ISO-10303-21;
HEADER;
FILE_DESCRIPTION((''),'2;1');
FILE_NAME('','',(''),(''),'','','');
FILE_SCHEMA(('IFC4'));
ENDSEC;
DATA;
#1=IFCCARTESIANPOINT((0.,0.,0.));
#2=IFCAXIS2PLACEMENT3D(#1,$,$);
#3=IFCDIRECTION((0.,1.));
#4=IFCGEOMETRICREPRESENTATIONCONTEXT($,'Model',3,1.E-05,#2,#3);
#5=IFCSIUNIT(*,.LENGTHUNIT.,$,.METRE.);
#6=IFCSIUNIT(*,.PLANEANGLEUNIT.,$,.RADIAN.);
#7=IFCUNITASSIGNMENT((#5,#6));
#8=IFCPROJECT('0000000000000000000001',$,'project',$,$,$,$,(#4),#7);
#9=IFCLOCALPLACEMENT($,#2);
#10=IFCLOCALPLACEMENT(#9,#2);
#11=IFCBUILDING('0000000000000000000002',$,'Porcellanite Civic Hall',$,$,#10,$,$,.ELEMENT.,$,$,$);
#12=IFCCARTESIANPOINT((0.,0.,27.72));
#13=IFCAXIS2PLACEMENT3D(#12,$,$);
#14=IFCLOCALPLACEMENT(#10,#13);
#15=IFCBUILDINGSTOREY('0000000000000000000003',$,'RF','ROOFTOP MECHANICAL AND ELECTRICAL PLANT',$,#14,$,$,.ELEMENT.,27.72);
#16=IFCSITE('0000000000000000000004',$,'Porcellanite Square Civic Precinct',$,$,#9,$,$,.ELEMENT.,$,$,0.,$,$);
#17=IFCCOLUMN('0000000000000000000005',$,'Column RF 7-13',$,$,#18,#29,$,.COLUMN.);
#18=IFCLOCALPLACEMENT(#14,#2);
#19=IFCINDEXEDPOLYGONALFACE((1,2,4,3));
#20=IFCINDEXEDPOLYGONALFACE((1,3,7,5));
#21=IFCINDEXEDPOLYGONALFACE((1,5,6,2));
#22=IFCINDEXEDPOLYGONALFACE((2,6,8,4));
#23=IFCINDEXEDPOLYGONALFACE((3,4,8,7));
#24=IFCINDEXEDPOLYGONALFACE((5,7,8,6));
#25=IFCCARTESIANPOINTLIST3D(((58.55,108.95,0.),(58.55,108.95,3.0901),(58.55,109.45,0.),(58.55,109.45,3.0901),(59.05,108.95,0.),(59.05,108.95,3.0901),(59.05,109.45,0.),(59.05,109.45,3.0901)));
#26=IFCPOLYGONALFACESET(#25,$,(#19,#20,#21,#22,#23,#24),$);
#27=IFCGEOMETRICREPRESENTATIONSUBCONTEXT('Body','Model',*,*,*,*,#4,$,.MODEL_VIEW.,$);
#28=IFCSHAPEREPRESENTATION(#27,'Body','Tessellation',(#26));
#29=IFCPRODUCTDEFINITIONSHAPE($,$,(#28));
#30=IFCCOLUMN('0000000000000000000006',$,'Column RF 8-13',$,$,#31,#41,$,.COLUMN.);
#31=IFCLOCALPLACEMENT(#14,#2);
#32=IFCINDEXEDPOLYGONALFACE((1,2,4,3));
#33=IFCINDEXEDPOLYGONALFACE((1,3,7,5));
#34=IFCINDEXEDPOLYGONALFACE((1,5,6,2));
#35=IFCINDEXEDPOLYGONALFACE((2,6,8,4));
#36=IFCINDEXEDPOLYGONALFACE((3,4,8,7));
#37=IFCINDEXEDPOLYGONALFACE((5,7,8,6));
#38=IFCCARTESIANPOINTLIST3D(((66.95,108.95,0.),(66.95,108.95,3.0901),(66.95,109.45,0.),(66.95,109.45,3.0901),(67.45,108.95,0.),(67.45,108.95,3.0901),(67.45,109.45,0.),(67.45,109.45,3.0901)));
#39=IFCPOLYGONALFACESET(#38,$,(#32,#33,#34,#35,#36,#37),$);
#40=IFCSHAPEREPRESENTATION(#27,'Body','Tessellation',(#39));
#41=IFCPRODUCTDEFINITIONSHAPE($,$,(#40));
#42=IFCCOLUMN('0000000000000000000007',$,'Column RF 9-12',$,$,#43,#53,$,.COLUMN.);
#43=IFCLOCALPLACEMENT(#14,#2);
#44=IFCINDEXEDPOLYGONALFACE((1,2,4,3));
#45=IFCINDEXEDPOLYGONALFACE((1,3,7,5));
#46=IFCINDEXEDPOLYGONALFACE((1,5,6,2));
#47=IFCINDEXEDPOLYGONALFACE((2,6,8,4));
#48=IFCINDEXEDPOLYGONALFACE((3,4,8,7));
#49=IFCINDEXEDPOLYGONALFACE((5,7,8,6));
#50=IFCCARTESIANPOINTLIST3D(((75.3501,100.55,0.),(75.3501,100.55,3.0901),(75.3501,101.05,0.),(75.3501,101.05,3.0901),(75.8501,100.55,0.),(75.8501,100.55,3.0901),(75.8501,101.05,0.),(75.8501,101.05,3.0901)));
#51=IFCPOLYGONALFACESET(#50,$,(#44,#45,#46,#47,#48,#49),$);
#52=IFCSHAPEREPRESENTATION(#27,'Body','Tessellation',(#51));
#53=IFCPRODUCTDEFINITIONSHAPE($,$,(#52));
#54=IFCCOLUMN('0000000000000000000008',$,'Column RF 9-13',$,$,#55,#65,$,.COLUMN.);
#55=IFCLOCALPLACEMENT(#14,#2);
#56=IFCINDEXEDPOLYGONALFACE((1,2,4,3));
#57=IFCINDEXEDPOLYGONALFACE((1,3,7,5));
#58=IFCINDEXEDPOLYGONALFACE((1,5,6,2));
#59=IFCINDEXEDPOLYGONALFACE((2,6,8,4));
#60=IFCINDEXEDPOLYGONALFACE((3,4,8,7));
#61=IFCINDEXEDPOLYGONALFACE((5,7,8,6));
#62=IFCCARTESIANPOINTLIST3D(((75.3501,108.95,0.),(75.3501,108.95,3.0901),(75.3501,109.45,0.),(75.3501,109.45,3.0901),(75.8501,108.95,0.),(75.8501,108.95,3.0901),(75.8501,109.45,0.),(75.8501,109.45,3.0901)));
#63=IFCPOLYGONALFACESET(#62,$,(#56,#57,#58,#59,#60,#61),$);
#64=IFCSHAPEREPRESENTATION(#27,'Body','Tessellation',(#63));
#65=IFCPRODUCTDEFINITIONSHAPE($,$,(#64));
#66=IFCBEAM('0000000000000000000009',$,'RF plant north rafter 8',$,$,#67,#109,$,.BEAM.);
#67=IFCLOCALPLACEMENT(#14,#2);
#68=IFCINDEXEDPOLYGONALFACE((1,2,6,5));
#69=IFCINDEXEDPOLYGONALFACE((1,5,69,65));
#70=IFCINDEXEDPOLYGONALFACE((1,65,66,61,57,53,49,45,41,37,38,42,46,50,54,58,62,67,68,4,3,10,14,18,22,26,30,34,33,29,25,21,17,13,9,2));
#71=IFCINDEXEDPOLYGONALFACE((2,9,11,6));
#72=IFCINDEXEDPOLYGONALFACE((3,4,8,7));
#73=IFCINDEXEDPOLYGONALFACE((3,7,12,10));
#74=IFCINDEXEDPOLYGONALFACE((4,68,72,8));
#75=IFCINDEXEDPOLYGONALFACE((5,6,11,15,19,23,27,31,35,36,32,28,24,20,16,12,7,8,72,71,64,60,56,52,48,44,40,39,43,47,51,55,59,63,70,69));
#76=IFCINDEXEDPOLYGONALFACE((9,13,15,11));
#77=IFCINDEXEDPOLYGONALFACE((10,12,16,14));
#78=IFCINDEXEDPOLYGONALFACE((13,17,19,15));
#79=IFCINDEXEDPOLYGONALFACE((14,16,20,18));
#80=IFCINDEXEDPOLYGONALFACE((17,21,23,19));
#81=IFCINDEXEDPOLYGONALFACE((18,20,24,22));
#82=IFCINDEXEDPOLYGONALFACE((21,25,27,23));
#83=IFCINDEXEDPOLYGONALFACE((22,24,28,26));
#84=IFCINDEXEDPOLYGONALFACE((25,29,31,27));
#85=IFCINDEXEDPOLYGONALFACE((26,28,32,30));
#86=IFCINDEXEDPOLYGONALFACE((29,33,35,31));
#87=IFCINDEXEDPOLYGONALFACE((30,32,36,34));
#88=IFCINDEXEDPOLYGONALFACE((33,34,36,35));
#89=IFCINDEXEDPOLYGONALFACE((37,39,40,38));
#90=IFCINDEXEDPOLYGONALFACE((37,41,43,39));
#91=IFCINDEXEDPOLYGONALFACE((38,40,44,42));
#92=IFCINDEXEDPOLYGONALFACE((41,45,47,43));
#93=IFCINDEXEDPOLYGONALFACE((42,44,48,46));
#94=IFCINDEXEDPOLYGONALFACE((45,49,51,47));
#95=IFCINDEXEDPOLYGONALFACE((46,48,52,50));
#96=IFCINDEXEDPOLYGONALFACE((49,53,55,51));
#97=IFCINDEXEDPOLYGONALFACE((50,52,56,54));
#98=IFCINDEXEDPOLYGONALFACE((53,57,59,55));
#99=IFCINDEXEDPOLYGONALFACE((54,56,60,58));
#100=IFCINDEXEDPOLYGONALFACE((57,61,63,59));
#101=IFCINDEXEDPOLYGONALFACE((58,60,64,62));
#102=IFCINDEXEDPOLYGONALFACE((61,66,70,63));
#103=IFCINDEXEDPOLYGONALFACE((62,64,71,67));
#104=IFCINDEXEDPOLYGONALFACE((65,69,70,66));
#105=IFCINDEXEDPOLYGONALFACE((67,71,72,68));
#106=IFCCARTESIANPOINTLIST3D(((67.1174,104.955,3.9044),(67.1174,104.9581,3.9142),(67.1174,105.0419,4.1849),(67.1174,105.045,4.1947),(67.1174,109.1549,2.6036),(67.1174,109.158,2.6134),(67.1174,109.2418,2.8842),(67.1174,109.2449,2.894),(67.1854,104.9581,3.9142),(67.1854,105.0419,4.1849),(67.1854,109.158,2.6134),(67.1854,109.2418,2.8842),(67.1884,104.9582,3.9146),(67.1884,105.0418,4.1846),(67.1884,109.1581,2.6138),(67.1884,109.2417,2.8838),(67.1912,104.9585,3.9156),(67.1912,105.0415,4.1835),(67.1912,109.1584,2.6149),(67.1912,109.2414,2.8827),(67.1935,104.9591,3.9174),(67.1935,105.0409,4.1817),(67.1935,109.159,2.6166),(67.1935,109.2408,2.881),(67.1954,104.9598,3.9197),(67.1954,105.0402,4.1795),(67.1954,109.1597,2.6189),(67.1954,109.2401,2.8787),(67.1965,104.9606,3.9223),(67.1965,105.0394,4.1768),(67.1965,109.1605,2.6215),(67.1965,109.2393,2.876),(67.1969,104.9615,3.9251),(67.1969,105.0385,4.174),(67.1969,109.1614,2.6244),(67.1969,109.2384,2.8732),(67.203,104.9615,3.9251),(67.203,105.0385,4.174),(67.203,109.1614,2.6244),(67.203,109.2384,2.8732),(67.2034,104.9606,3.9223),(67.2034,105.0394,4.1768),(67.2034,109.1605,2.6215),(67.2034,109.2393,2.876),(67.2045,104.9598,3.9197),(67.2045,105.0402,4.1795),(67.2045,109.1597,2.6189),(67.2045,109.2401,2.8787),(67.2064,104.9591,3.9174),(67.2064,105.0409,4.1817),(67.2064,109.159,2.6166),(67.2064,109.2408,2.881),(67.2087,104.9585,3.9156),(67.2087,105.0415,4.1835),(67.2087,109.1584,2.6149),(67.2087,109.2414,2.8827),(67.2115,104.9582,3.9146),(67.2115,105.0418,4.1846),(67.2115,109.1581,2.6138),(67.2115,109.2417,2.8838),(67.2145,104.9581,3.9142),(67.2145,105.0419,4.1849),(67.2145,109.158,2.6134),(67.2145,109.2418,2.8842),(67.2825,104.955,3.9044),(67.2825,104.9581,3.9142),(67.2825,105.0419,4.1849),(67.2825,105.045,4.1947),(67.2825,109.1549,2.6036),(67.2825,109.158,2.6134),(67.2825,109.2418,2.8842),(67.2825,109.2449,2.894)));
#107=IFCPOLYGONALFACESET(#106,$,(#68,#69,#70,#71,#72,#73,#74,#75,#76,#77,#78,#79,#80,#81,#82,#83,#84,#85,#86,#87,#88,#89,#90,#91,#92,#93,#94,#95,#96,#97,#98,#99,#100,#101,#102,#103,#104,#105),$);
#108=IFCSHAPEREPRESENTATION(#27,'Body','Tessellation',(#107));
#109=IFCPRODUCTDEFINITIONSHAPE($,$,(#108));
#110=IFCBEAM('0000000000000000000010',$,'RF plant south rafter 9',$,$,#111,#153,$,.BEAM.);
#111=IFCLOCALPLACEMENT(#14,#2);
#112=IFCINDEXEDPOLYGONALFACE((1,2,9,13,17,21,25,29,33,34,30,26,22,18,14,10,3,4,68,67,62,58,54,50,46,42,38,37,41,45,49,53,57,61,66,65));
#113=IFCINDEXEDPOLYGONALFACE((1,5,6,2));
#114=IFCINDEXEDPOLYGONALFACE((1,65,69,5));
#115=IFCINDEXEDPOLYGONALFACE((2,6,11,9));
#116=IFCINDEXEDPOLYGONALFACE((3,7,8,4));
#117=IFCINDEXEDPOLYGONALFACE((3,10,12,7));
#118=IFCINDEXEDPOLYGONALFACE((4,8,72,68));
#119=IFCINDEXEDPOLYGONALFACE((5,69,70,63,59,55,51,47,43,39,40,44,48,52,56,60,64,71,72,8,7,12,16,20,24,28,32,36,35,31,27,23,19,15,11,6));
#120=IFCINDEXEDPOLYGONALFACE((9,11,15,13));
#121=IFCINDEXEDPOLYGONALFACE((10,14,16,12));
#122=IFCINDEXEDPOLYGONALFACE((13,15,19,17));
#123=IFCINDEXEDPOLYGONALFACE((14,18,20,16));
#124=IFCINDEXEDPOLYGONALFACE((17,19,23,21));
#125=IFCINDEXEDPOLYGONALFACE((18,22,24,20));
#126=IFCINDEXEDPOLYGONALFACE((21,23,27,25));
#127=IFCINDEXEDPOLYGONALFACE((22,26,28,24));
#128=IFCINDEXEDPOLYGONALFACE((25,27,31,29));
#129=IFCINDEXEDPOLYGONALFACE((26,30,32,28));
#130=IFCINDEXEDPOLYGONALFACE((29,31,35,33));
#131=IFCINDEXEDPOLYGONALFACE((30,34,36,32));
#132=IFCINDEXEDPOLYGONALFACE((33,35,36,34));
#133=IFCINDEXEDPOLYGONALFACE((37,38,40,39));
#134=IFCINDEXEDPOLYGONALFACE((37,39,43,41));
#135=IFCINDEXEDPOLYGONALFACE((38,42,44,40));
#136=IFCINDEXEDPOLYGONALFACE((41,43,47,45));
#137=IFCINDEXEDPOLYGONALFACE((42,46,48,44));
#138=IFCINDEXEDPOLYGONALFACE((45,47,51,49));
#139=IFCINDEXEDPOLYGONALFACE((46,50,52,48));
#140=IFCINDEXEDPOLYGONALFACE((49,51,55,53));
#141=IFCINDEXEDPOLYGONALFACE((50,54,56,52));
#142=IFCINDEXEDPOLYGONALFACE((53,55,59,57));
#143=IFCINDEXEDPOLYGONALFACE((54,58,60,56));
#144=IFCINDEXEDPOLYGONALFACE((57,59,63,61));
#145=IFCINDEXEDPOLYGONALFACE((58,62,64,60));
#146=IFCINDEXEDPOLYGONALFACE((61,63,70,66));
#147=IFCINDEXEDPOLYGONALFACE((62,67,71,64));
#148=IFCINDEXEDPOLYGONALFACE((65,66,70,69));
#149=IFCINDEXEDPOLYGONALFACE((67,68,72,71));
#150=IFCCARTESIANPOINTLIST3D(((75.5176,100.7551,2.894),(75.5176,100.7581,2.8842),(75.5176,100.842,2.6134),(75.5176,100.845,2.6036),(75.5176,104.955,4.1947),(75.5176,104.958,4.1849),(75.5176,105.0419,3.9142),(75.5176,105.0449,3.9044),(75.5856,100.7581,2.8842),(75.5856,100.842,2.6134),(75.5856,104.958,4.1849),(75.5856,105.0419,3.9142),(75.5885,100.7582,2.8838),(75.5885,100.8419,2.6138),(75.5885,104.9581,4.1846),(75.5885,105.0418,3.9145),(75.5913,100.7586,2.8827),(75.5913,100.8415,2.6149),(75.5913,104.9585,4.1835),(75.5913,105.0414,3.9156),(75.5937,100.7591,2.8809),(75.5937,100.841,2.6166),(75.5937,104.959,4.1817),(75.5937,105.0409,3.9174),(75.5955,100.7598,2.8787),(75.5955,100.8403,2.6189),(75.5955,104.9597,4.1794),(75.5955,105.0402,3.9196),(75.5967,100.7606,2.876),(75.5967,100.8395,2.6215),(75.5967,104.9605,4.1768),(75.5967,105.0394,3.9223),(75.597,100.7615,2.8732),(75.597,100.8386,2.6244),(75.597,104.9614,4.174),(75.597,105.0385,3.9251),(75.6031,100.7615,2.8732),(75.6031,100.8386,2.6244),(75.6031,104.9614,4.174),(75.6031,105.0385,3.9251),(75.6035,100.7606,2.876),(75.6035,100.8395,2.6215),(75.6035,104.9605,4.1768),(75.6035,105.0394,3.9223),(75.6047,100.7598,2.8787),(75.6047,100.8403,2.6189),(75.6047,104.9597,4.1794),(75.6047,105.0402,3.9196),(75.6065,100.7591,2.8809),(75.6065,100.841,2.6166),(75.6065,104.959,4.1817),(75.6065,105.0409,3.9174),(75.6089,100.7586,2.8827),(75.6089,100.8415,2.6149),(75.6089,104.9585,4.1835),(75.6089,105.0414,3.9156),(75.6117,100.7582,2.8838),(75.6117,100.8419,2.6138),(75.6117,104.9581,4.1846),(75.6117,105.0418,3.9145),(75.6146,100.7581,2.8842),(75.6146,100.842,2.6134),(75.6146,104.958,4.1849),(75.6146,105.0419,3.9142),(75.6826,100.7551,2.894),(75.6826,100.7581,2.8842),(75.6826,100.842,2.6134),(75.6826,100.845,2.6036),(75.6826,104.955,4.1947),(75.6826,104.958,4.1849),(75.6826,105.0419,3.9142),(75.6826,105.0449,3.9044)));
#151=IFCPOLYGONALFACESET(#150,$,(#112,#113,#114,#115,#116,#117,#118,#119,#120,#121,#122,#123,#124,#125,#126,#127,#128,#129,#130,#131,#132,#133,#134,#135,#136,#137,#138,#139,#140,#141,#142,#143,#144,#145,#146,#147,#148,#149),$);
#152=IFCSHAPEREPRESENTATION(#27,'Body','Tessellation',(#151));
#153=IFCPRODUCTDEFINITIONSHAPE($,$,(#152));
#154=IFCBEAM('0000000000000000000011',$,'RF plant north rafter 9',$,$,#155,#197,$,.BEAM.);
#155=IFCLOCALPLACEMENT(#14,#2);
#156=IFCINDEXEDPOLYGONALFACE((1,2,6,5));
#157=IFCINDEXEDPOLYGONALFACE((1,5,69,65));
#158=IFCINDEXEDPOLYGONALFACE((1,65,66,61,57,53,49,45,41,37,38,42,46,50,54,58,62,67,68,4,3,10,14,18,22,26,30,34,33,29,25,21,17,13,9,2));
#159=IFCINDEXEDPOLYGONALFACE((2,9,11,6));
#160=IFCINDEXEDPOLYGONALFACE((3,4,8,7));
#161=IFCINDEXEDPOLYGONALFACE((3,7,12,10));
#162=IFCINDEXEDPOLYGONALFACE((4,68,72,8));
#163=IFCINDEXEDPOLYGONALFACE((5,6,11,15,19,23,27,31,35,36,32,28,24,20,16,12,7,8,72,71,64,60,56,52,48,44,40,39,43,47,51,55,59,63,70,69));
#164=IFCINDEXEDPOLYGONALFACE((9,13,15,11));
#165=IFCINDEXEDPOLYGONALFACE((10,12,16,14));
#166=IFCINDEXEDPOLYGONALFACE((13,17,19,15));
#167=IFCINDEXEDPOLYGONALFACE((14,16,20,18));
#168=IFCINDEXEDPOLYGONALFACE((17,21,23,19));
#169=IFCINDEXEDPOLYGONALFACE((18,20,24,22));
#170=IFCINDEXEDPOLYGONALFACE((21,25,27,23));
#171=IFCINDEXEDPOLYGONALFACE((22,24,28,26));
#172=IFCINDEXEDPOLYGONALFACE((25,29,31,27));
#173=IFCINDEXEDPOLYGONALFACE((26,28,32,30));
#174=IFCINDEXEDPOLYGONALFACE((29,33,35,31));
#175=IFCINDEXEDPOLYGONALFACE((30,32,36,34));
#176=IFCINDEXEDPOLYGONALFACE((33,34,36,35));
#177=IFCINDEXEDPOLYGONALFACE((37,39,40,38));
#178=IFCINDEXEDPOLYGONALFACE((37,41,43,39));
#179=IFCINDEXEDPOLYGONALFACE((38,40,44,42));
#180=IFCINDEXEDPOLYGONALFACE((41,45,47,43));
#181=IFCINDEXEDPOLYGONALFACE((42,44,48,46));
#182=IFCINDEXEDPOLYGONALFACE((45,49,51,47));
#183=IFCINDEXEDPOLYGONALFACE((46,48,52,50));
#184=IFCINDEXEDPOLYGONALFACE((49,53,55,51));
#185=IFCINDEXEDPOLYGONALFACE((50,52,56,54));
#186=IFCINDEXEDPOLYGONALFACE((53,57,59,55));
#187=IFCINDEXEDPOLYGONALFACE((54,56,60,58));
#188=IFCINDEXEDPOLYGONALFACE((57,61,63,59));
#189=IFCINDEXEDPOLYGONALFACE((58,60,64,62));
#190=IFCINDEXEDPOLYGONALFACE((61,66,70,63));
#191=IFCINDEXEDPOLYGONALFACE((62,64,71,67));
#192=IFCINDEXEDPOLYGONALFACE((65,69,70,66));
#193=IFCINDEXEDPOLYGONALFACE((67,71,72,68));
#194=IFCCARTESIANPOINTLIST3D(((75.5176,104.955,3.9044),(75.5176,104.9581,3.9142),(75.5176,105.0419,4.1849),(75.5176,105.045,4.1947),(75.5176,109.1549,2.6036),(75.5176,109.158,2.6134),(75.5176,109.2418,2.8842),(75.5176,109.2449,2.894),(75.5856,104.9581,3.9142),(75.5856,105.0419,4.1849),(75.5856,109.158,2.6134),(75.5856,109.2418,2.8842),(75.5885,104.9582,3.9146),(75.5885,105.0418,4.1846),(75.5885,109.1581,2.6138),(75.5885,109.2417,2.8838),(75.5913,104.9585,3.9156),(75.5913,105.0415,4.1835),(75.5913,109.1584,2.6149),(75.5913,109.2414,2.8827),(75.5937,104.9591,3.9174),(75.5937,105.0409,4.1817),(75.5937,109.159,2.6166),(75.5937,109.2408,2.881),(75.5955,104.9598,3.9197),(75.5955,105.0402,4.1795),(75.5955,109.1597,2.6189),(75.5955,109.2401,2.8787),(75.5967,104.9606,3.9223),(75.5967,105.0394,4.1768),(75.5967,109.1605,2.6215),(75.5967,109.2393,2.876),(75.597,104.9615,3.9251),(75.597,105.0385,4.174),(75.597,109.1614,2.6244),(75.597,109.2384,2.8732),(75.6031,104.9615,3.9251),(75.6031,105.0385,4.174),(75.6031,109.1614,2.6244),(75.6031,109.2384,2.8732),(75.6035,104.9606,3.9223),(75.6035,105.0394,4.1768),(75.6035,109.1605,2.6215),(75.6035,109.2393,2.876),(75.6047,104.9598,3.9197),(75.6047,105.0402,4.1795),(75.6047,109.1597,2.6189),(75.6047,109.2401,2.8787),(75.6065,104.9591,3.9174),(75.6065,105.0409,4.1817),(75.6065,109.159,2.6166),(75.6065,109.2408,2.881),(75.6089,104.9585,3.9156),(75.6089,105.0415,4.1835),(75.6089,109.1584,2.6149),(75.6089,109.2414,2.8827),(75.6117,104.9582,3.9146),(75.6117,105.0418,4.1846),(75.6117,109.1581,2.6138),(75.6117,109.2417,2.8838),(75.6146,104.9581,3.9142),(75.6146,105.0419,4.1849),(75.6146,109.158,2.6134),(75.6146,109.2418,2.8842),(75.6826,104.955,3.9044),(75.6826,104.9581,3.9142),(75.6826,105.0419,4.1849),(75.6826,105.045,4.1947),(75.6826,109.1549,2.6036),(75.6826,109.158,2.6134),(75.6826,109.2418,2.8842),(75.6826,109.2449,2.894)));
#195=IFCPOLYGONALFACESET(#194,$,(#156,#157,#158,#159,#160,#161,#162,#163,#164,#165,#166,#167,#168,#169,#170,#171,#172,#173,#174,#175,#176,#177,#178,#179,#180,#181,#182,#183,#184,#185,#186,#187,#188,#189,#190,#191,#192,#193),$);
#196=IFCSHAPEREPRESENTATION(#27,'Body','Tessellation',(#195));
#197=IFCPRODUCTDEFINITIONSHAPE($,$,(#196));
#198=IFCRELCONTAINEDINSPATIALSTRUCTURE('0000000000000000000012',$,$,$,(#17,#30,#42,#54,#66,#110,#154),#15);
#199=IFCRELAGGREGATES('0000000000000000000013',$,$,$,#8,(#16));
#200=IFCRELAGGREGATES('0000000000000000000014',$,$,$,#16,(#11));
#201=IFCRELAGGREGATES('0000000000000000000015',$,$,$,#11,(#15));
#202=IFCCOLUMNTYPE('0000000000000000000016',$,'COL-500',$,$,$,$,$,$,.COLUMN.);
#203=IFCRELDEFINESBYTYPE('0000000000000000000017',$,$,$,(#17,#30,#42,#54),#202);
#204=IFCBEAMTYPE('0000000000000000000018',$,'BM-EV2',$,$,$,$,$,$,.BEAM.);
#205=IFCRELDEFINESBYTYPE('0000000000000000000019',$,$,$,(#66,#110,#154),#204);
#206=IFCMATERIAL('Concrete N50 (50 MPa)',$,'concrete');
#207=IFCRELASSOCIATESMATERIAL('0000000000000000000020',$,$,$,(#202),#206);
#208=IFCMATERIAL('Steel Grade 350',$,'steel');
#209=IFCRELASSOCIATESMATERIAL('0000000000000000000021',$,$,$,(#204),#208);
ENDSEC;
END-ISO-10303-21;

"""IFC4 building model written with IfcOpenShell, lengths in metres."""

from ifc_helpers import new_model, si_unit, direction, frame, origin, origin_2d, place, context, subcontext, project, spatial, rectangle, i_section, extrude, material, material_profile, profile_set, type_object, element, save


model = new_model("IFC4")

# Units and contexts
model_context = context("Model", 3, precision=1e-05, world=origin(), true_north=direction((0.0, 1.0)))
body_context = subcontext(model_context, "Body", "Model", "MODEL_VIEW")
ifc_project = project(units=[si_unit("LENGTHUNIT", "METRE"), si_unit("PLANEANGLEUNIT", "RADIAN")], contexts=[model_context])

# Site, building, storey
site_placement = place(None, origin())
site = spatial("IfcSite", under=ifc_project, at=site_placement, Name="Porcellanite Square Civic Precinct", CompositionType="ELEMENT", RefElevation=0.0)
building_placement = place(site_placement, origin())
building = spatial("IfcBuilding", under=site, at=building_placement, Name="Porcellanite Civic Hall", CompositionType="ELEMENT")
storey_placement = place(building_placement, frame((0.0, 0.0, 27.72)))
storey = spatial("IfcBuildingStorey", under=building, at=storey_placement, Name="RF", Description="ROOFTOP MECHANICAL AND ELECTRICAL PLANT", CompositionType="ELEMENT", Elevation=27.72)

# Columns
ifc_material_1 = material(Name="Concrete N50 (50 MPa)", Category="concrete")
ifc_material_profile_1 = material_profile(ifc_material_1, rectangle(XDim=0.5, YDim=0.5, at=origin_2d()), Name="RC-500x500")
ifc_profile_set_1 = profile_set([ifc_material_profile_1], Name="Concrete N50 (50 MPa)")
column_type = type_object("IfcColumnType", Name="COL-500", PredefinedType="COLUMN", material=ifc_profile_set_1)
for number, where, z_axis, x_axis, name in (
    (1, (58.8, 109.2, 0.0), (0.0, 0.0, 1.0), (1.0, 0.0, 0.0), "Column RF 7-13"),
    (2, (67.2, 109.2, 0.0), (0.0, 0.0, 1.0), (1.0, 0.0, 0.0), "Column RF 8-13"),
    (3, (75.6001, 100.8, 0.0), (0.0, 0.0, 1.0), (1.0, 0.0, 0.0), "Column RF 9-12"),
    (4, (75.6001, 109.2, 0.0), (0.0, 0.0, 1.0), (1.0, 0.0, 0.0), "Column RF 9-13"),
):
    element("IfcColumn", number, at=place(storey_placement, frame(where, z_axis=z_axis, x_axis=x_axis)), inside=storey, type_object=column_type, Name=name, PredefinedType="COLUMN", context=body_context, shape_type="SweptSolid", body=[
        extrude(rectangle(XDim=0.5, YDim=0.5, at=origin_2d()), origin(), (0.0, 0.0, 1.0), 3.0901),
    ])

# Beams
ifc_material_2 = material(Name="Steel Grade 350", Category="steel")
ifc_material_profile_2 = material_profile(ifc_material_2, i_section(OverallWidth=0.165, OverallDepth=0.304, WebThickness=0.0061, FlangeThickness=0.0103, FilletRadius=0.0115, at=origin_2d()), Name="310UB40.4")
ifc_profile_set_2 = profile_set([ifc_material_profile_2], Name="Steel Grade 350")
beam_type_1 = type_object("IfcBeamType", Name="BM-EV2", PredefinedType="BEAM", material=ifc_profile_set_2)
for number, where, z_axis, x_axis, name in (
    (5, (67.2, 105.0, 4.0496), (0.0, 0.955235, -0.295849), (-1.0, 0.0, 0.0), "RF plant north rafter 8"),
    (6, (75.6001, 100.8, 2.7488), (0.0, 0.955235, 0.295849), (-1.0, 0.0, 0.0), "RF plant south rafter 9"),
    (7, (75.6001, 105.0, 4.0496), (0.0, 0.955235, -0.295849), (-1.0, 0.0, 0.0), "RF plant north rafter 9"),
):
    element("IfcBeam", number, at=place(storey_placement, frame(where, z_axis=z_axis, x_axis=x_axis)), inside=storey, type_object=beam_type_1, Name=name, PredefinedType="BEAM", context=body_context, shape_type="SweptSolid", body=[
        extrude(i_section(OverallWidth=0.165, OverallDepth=0.304, WebThickness=0.0061, FlangeThickness=0.0103, FilletRadius=0.0115, at=origin_2d()), origin(), (0.0, 0.0, 1.0), 4.3967),
    ])

save(model, "model.ifc")
